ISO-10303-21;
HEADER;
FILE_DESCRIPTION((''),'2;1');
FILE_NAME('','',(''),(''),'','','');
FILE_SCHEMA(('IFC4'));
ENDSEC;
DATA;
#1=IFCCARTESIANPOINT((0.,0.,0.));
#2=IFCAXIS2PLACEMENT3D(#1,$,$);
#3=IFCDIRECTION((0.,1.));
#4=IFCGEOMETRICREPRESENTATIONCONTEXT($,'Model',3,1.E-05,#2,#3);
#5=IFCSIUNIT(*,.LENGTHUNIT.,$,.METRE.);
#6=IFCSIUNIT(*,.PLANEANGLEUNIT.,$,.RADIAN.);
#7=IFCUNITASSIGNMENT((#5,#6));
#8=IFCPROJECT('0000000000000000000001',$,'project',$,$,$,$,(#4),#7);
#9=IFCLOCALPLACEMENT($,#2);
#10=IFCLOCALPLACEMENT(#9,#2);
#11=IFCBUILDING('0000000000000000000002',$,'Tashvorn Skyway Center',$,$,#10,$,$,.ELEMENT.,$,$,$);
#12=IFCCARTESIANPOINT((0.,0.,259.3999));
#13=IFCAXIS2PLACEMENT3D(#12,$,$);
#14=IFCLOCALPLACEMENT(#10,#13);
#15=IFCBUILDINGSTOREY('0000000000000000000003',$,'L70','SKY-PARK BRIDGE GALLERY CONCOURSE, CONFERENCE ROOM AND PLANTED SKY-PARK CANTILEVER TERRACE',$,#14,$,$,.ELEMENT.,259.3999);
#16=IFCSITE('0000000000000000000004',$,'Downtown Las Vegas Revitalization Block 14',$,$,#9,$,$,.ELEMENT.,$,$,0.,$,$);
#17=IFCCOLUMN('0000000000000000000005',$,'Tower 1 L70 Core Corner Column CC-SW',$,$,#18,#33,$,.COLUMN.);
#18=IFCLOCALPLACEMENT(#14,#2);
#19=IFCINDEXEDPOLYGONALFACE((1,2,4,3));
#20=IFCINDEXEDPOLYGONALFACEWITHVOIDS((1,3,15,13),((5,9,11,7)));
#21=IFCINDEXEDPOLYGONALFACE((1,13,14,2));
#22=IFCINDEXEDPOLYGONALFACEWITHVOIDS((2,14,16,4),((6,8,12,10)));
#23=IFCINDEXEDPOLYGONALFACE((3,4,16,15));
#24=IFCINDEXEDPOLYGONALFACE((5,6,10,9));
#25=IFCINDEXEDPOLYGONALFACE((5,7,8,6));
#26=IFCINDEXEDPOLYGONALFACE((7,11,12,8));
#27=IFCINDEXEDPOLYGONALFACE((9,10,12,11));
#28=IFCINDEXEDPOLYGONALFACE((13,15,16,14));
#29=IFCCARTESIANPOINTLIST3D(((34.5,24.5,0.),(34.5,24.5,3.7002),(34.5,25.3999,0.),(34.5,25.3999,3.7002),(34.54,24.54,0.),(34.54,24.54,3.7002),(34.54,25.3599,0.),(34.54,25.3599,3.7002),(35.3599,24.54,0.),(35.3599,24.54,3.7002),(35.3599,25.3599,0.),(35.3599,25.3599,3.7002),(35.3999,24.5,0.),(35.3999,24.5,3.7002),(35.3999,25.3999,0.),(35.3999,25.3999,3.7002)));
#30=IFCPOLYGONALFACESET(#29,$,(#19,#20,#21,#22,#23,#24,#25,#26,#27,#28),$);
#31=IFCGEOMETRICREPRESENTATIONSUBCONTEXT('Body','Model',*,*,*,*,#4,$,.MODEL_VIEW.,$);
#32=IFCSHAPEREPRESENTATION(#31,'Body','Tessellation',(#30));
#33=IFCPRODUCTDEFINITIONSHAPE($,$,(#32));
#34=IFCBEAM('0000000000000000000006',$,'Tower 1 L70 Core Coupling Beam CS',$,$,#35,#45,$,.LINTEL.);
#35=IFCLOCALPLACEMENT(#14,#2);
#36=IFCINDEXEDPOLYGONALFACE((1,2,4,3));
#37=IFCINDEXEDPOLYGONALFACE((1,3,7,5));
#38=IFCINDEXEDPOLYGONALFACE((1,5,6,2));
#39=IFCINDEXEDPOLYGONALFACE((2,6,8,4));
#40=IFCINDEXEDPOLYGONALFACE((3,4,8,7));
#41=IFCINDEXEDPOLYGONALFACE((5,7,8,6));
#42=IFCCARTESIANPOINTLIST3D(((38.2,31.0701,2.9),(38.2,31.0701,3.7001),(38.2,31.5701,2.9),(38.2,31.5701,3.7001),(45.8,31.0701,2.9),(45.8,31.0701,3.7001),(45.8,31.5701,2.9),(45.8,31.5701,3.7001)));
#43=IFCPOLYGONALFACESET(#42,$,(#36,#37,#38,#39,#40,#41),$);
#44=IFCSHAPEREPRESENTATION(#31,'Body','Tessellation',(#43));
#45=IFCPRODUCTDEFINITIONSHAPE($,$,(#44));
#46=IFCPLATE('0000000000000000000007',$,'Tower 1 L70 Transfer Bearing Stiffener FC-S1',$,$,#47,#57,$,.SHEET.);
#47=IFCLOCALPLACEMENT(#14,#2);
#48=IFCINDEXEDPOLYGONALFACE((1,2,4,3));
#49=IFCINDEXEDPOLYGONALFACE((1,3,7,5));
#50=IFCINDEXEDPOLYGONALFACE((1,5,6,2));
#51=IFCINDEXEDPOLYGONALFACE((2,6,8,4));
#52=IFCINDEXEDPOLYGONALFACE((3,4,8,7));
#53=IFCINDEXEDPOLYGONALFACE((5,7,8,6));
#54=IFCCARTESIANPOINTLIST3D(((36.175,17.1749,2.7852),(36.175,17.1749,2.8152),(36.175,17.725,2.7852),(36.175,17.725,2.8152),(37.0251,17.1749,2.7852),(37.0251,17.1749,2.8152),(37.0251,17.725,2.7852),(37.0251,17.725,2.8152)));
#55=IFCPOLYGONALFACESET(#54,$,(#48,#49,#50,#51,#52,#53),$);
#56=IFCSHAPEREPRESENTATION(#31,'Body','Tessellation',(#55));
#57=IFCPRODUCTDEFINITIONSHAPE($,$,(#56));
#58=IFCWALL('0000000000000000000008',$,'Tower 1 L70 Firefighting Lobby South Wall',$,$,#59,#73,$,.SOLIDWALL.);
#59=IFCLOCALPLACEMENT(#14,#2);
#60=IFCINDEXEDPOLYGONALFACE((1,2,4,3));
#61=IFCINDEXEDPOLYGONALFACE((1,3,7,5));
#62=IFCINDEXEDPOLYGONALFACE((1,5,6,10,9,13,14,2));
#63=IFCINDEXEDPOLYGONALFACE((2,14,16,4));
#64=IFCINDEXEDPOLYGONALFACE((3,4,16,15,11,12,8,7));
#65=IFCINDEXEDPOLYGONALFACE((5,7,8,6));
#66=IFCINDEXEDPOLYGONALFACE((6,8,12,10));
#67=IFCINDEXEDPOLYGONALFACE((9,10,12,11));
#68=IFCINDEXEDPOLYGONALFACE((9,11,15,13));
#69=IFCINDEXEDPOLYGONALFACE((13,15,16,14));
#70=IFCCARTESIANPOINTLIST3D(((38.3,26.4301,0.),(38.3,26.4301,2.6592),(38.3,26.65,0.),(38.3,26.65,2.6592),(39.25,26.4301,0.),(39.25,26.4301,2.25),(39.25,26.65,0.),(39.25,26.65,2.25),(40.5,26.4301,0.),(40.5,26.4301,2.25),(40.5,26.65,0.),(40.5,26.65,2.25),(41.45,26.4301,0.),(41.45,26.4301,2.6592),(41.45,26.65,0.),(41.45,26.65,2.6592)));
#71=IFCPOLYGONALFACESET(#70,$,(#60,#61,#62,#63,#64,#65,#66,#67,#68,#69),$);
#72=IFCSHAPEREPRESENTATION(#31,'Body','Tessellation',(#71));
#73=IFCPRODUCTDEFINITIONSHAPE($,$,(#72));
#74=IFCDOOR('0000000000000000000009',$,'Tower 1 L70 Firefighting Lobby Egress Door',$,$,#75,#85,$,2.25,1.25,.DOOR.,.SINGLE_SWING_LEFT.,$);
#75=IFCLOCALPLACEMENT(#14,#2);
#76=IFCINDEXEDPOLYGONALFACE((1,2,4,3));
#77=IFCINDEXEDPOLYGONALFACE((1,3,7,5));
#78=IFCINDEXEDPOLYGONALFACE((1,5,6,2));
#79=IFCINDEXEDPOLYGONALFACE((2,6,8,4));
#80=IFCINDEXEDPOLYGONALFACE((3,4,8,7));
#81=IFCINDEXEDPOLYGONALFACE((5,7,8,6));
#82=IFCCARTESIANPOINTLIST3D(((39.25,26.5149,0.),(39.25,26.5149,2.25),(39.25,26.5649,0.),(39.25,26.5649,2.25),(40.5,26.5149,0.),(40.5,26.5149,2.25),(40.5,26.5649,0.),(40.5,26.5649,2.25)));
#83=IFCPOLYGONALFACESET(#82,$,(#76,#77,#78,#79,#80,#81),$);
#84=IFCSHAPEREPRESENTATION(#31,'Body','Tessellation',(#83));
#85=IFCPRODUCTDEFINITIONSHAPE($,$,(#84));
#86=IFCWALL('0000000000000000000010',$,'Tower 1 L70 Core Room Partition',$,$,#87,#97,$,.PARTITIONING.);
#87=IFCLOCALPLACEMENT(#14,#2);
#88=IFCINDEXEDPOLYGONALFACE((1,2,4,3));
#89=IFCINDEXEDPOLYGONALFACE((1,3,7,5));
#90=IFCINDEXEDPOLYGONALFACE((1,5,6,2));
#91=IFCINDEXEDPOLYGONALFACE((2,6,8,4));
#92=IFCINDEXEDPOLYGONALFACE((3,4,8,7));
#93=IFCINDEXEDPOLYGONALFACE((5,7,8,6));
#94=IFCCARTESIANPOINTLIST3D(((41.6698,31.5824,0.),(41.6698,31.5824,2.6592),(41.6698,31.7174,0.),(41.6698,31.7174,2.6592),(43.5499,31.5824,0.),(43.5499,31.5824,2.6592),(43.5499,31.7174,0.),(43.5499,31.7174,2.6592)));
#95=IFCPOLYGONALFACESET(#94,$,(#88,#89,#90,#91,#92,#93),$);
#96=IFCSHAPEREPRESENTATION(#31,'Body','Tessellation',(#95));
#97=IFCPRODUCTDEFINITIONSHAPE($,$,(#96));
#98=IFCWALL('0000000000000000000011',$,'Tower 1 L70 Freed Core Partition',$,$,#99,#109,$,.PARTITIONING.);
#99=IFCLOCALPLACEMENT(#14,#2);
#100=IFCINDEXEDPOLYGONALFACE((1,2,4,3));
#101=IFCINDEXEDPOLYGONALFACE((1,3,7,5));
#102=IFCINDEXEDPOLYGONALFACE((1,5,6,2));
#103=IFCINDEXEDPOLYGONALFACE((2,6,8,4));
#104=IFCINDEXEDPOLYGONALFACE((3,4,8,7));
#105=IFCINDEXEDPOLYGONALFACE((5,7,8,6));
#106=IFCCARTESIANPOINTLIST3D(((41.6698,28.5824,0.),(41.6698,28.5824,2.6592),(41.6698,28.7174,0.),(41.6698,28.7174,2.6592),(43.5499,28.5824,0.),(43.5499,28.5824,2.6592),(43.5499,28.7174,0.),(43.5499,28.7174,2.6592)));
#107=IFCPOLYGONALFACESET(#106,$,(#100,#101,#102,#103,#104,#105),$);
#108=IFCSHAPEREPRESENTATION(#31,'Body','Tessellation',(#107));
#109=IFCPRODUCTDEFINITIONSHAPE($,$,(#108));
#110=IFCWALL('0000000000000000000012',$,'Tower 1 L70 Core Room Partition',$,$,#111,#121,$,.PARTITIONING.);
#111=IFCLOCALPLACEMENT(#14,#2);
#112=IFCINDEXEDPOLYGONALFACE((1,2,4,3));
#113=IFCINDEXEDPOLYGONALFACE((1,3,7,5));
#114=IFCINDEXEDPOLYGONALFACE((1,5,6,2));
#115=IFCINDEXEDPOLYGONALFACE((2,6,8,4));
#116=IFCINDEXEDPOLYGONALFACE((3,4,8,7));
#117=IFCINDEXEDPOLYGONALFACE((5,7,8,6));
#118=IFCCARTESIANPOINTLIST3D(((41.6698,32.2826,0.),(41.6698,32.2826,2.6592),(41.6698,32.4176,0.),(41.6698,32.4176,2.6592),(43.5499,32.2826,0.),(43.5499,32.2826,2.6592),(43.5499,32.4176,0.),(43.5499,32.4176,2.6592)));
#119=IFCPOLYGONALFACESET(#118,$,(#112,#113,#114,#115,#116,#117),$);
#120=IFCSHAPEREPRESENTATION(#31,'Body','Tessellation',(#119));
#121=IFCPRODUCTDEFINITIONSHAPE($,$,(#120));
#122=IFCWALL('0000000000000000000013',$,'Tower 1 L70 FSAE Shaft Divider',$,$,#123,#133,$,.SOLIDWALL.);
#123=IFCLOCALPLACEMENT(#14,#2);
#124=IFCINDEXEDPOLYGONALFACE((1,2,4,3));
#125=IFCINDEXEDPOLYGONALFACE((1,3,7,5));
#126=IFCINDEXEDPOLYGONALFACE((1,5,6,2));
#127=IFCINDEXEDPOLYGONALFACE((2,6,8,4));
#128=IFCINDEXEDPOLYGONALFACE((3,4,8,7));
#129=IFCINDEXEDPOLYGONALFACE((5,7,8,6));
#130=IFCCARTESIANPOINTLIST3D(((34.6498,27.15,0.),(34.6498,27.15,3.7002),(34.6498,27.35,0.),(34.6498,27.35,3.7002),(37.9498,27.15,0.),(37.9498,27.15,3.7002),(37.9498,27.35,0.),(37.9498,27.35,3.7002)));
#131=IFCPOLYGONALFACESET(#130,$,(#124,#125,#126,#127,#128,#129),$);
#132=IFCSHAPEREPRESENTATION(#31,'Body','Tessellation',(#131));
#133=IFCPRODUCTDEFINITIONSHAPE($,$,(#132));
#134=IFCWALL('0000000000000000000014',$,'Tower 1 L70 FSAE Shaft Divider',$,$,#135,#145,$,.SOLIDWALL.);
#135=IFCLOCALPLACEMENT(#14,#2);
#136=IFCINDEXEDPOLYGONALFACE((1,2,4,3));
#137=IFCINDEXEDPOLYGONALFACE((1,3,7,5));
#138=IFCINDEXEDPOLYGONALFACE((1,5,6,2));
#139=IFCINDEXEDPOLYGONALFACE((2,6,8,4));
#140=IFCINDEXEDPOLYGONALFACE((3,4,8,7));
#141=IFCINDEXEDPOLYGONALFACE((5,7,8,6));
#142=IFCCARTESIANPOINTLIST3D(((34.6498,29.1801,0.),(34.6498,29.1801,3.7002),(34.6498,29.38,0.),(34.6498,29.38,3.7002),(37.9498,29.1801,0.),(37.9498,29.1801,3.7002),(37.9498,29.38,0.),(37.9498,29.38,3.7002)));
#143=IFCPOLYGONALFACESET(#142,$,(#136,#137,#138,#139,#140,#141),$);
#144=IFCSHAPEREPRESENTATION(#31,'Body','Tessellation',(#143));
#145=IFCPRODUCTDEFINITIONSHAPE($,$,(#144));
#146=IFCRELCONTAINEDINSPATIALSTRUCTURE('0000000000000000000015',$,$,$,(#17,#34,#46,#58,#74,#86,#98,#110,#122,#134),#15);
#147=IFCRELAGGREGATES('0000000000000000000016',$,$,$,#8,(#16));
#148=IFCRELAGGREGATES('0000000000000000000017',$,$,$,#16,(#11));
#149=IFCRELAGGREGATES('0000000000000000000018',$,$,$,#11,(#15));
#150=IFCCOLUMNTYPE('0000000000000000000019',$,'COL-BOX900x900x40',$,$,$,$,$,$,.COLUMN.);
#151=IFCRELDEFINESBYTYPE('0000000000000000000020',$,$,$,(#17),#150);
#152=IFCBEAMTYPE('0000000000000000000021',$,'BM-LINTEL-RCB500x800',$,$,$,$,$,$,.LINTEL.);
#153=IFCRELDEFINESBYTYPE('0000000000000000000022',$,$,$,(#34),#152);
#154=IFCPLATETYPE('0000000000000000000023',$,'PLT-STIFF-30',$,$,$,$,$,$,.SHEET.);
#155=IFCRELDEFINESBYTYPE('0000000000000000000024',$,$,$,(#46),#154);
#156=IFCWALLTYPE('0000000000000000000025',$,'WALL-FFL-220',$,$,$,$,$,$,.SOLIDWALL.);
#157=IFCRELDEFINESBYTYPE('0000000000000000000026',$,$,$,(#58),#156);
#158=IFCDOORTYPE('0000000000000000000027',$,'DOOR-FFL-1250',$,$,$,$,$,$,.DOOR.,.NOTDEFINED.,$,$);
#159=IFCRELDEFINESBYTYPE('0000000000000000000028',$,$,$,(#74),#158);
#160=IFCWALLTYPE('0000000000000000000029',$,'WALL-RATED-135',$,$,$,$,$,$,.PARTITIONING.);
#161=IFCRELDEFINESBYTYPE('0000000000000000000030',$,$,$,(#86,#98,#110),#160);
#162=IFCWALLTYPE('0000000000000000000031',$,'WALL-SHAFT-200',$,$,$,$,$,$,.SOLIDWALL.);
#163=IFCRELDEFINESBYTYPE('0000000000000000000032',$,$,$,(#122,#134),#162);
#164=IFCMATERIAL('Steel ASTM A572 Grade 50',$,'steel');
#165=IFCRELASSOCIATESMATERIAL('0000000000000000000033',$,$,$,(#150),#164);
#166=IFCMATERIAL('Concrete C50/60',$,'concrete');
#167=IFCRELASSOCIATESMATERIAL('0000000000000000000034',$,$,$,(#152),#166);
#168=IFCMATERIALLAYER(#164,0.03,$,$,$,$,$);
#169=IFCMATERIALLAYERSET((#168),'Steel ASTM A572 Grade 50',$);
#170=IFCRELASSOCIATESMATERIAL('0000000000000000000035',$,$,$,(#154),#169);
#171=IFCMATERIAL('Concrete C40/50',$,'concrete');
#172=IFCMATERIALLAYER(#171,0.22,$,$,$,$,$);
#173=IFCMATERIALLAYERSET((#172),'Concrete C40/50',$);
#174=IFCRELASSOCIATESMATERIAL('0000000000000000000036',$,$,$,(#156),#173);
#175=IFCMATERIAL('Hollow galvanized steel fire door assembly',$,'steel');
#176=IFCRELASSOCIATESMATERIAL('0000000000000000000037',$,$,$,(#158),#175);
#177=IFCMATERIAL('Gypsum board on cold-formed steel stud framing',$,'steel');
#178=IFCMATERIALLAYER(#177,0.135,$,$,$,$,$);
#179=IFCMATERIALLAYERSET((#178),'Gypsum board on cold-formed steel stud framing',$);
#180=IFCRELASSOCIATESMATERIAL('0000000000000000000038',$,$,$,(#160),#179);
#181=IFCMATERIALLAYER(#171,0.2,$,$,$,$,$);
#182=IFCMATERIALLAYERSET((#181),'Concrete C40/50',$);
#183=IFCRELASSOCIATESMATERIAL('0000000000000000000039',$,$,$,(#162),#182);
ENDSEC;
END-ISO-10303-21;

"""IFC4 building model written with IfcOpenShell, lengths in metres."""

from ifc_helpers import new_model, si_unit, direction, frame, frame_2d, origin, origin_2d, place, context, subcontext, project, spatial, rectangle, hollow_rectangle, extrude, material, layer, layer_set, material_profile, profile_set, type_object, element, fill, save


model = new_model("IFC4")

# Units and contexts
model_context = context("Model", 3, precision=1e-05, world=origin(), true_north=direction((0.0, 1.0)))
body_context = subcontext(model_context, "Body", "Model", "MODEL_VIEW")
ifc_project = project(units=[si_unit("LENGTHUNIT", "METRE"), si_unit("PLANEANGLEUNIT", "RADIAN")], contexts=[model_context])

# Site, building, storey
site_placement = place(None, origin())
site = spatial("IfcSite", under=ifc_project, at=site_placement, Name="Downtown Las Vegas Revitalization Block 14", CompositionType="ELEMENT", RefElevation=0.0)
building_placement = place(site_placement, origin())
building = spatial("IfcBuilding", under=site, at=building_placement, Name="Tashvorn Skyway Center", CompositionType="ELEMENT")
storey_placement = place(building_placement, frame((0.0, 0.0, 259.3999)))
storey = spatial("IfcBuildingStorey", under=building, at=storey_placement, Name="L70", Description="SKY-PARK BRIDGE GALLERY CONCOURSE, CONFERENCE ROOM AND PLANTED SKY-PARK CANTILEVER TERRACE", CompositionType="ELEMENT", Elevation=259.3999)

# Column
ifc_material_1 = material(Name="Steel ASTM A572 Grade 50", Category="steel")
ifc_material_profile_1 = material_profile(ifc_material_1, hollow_rectangle(XDim=0.8999, YDim=0.8999, WallThickness=0.04, at=origin_2d()), Name="BOX900x900x40")
ifc_profile_set_1 = profile_set([ifc_material_profile_1], Name="Steel ASTM A572 Grade 50")
column_type = type_object("IfcColumnType", Name="COL-BOX900x900x40", PredefinedType="COLUMN", material=ifc_profile_set_1)
column_placement = place(storey_placement, frame((34.95, 24.95, 0.0), z_axis=(0.0, 0.0, 1.0), x_axis=(1.0, 0.0, 0.0)))
element("IfcColumn", 1, at=column_placement, inside=storey, type_object=column_type, Name="Tower 1 L70 Core Corner Column CC-SW", PredefinedType="COLUMN", context=body_context, shape_type="SweptSolid", body=[
    extrude(hollow_rectangle(XDim=0.8999, YDim=0.8999, WallThickness=0.04, at=origin_2d()), origin(), (0.0, 0.0, 1.0), 3.7002),
])

# Beam
ifc_material_2 = material(Name="Concrete C50/60", Category="concrete")
ifc_material_profile_2 = material_profile(ifc_material_2, rectangle(XDim=0.5, YDim=0.8, at=origin_2d()), Name="RCB500x800")
ifc_profile_set_2 = profile_set([ifc_material_profile_2], Name="Concrete C50/60")
beam_type = type_object("IfcBeamType", Name="BM-LINTEL-RCB500x800", PredefinedType="LINTEL", material=ifc_profile_set_2)
beam_placement = place(storey_placement, frame((38.2, 31.3201, 3.3), z_axis=(1.0, 0.0, 0.0), x_axis=(0.0, 1.0, 0.0)))
element("IfcBeam", 2, at=beam_placement, inside=storey, type_object=beam_type, Name="Tower 1 L70 Core Coupling Beam CS", PredefinedType="LINTEL", context=body_context, shape_type="SweptSolid", body=[
    extrude(rectangle(XDim=0.5, YDim=0.8, at=origin_2d()), origin(), (0.0, 0.0, 1.0), 7.6001),
])

# Plate
ifc_layer_1 = layer(ifc_material_1, 0.03)
ifc_layer_set_1 = layer_set([ifc_layer_1], Name="Steel ASTM A572 Grade 50")
plate_type = type_object("IfcPlateType", Name="PLT-STIFF-30", PredefinedType="SHEET", material=ifc_layer_set_1)
plate_placement = place(storey_placement, frame((36.6001, 17.45, 2.7852), z_axis=(0.0, 0.0, 1.0), x_axis=(1.0, 0.0, 0.0)))
element("IfcPlate", 3, at=plate_placement, inside=storey, type_object=plate_type, Name="Tower 1 L70 Transfer Bearing Stiffener FC-S1", PredefinedType="SHEET", context=body_context, shape_type="SweptSolid", body=[
    extrude(rectangle(XDim=0.8501, YDim=0.55, at=origin_2d()), origin(), (0.0, 0.0, 1.0), 0.03),
])

# Wall, opening, door
ifc_material_3 = material(Name="Concrete C40/50", Category="concrete")
ifc_layer_2 = layer(ifc_material_3, 0.22)
ifc_layer_set_2 = layer_set([ifc_layer_2], Name="Concrete C40/50")
wall_type_1 = type_object("IfcWallType", Name="WALL-FFL-220", PredefinedType="SOLIDWALL", material=ifc_layer_set_2)
wall_1_placement = place(storey_placement, frame((38.3, 26.54, 0.0), z_axis=(0.0, 0.0, 1.0), x_axis=(1.0, 0.0, 0.0)))
wall_1 = element("IfcWall", 4, at=wall_1_placement, inside=storey, type_object=wall_type_1, Name="Tower 1 L70 Firefighting Lobby South Wall", PredefinedType="SOLIDWALL", context=body_context, shape_type="SweptSolid", body=[
    extrude(rectangle(XDim=3.1499, YDim=0.22, at=frame_2d((1.575, 0.0))), origin(), (0.0, 0.0, 1.0), 2.6592),
])
opening_1_placement = place(wall_1_placement, frame((0.95, 0.0, 0.0)))
opening_1 = element("IfcOpeningElement", 5, at=opening_1_placement, cuts=wall_1, PredefinedType="OPENING", context=body_context, shape_type="SweptSolid", body=[
    extrude(rectangle(XDim=1.25, YDim=2.25, at=frame_2d((0.625, 1.125))), frame((0.0, 0.1199, 0.0), z_axis=(0.0, -1.0, 0.0), x_axis=(1.0, 0.0, 0.0)), (0.0, 0.0, 1.0), 0.24),
])
ifc_material_4 = material(Name="Hollow galvanized steel fire door assembly", Category="steel")
door_type_1 = type_object("IfcDoorType", Name="DOOR-FFL-1250", OperationType="NOTDEFINED", PredefinedType="DOOR", material=ifc_material_4)
door_1_placement = place(opening_1_placement, origin())
door_1 = element("IfcDoor", 6, at=door_1_placement, inside=storey, type_object=door_type_1, Name="Tower 1 L70 Firefighting Lobby Egress Door", OperationType="SINGLE_SWING_LEFT", OverallHeight=2.25, OverallWidth=1.25, PredefinedType="DOOR", context=body_context, shape_type="SweptSolid", body=[
    extrude(rectangle(XDim=1.25, YDim=2.25, at=frame_2d((0.625, 1.125))), frame((0.0, 0.0249, 0.0), z_axis=(0.0, -1.0, 0.0), x_axis=(1.0, 0.0, 0.0)), (0.0, 0.0, 1.0), 0.05),
])
fill(opening_1, door_1)

# Walls
ifc_material_5 = material(Name="Gypsum board on cold-formed steel stud framing", Category="steel")
ifc_layer_3 = layer(ifc_material_5, 0.135)
ifc_layer_set_3 = layer_set([ifc_layer_3], Name="Gypsum board on cold-formed steel stud framing")
wall_type_2 = type_object("IfcWallType", Name="WALL-RATED-135", PredefinedType="PARTITIONING", material=ifc_layer_set_3)
for number, where, z_axis, x_axis, name in (
    (7, (41.6699, 31.6499, 0.0), (0.0, 0.0, 1.0), (1.0, 0.0, 0.0), "Tower 1 L70 Core Room Partition"),
    (8, (41.6699, 28.6499, 0.0), (0.0, 0.0, 1.0), (1.0, 0.0, 0.0), "Tower 1 L70 Freed Core Partition"),
    (9, (41.6699, 32.3501, 0.0), (0.0, 0.0, 1.0), (1.0, 0.0, 0.0), "Tower 1 L70 Core Room Partition"),
):
    element("IfcWall", number, at=place(storey_placement, frame(where, z_axis=z_axis, x_axis=x_axis)), inside=storey, type_object=wall_type_2, Name=name, PredefinedType="PARTITIONING", context=body_context, shape_type="SweptSolid", body=[
        extrude(rectangle(XDim=1.8801, YDim=0.135, at=frame_2d((0.9399, 0.0))), origin(), (0.0, 0.0, 1.0), 2.6592),
    ])
ifc_layer_4 = layer(ifc_material_3, 0.2)
ifc_layer_set_4 = layer_set([ifc_layer_4], Name="Concrete C40/50")
wall_type_3 = type_object("IfcWallType", Name="WALL-SHAFT-200", PredefinedType="SOLIDWALL", material=ifc_layer_set_4)
for number, where, z_axis, x_axis, name in (
    (10, (34.6499, 27.25, 0.0), (0.0, 0.0, 1.0), (1.0, 0.0, 0.0), "Tower 1 L70 FSAE Shaft Divider"),
    (11, (34.6499, 29.28, 0.0), (0.0, 0.0, 1.0), (1.0, 0.0, 0.0), "Tower 1 L70 FSAE Shaft Divider"),
):
    element("IfcWall", number, at=place(storey_placement, frame(where, z_axis=z_axis, x_axis=x_axis)), inside=storey, type_object=wall_type_3, Name=name, PredefinedType="SOLIDWALL", context=body_context, shape_type="SweptSolid", body=[
        extrude(rectangle(XDim=3.3, YDim=0.2, at=frame_2d((1.6499, 0.0))), origin(), (0.0, 0.0, 1.0), 3.7002),
    ])

save(model, "model.ifc")
